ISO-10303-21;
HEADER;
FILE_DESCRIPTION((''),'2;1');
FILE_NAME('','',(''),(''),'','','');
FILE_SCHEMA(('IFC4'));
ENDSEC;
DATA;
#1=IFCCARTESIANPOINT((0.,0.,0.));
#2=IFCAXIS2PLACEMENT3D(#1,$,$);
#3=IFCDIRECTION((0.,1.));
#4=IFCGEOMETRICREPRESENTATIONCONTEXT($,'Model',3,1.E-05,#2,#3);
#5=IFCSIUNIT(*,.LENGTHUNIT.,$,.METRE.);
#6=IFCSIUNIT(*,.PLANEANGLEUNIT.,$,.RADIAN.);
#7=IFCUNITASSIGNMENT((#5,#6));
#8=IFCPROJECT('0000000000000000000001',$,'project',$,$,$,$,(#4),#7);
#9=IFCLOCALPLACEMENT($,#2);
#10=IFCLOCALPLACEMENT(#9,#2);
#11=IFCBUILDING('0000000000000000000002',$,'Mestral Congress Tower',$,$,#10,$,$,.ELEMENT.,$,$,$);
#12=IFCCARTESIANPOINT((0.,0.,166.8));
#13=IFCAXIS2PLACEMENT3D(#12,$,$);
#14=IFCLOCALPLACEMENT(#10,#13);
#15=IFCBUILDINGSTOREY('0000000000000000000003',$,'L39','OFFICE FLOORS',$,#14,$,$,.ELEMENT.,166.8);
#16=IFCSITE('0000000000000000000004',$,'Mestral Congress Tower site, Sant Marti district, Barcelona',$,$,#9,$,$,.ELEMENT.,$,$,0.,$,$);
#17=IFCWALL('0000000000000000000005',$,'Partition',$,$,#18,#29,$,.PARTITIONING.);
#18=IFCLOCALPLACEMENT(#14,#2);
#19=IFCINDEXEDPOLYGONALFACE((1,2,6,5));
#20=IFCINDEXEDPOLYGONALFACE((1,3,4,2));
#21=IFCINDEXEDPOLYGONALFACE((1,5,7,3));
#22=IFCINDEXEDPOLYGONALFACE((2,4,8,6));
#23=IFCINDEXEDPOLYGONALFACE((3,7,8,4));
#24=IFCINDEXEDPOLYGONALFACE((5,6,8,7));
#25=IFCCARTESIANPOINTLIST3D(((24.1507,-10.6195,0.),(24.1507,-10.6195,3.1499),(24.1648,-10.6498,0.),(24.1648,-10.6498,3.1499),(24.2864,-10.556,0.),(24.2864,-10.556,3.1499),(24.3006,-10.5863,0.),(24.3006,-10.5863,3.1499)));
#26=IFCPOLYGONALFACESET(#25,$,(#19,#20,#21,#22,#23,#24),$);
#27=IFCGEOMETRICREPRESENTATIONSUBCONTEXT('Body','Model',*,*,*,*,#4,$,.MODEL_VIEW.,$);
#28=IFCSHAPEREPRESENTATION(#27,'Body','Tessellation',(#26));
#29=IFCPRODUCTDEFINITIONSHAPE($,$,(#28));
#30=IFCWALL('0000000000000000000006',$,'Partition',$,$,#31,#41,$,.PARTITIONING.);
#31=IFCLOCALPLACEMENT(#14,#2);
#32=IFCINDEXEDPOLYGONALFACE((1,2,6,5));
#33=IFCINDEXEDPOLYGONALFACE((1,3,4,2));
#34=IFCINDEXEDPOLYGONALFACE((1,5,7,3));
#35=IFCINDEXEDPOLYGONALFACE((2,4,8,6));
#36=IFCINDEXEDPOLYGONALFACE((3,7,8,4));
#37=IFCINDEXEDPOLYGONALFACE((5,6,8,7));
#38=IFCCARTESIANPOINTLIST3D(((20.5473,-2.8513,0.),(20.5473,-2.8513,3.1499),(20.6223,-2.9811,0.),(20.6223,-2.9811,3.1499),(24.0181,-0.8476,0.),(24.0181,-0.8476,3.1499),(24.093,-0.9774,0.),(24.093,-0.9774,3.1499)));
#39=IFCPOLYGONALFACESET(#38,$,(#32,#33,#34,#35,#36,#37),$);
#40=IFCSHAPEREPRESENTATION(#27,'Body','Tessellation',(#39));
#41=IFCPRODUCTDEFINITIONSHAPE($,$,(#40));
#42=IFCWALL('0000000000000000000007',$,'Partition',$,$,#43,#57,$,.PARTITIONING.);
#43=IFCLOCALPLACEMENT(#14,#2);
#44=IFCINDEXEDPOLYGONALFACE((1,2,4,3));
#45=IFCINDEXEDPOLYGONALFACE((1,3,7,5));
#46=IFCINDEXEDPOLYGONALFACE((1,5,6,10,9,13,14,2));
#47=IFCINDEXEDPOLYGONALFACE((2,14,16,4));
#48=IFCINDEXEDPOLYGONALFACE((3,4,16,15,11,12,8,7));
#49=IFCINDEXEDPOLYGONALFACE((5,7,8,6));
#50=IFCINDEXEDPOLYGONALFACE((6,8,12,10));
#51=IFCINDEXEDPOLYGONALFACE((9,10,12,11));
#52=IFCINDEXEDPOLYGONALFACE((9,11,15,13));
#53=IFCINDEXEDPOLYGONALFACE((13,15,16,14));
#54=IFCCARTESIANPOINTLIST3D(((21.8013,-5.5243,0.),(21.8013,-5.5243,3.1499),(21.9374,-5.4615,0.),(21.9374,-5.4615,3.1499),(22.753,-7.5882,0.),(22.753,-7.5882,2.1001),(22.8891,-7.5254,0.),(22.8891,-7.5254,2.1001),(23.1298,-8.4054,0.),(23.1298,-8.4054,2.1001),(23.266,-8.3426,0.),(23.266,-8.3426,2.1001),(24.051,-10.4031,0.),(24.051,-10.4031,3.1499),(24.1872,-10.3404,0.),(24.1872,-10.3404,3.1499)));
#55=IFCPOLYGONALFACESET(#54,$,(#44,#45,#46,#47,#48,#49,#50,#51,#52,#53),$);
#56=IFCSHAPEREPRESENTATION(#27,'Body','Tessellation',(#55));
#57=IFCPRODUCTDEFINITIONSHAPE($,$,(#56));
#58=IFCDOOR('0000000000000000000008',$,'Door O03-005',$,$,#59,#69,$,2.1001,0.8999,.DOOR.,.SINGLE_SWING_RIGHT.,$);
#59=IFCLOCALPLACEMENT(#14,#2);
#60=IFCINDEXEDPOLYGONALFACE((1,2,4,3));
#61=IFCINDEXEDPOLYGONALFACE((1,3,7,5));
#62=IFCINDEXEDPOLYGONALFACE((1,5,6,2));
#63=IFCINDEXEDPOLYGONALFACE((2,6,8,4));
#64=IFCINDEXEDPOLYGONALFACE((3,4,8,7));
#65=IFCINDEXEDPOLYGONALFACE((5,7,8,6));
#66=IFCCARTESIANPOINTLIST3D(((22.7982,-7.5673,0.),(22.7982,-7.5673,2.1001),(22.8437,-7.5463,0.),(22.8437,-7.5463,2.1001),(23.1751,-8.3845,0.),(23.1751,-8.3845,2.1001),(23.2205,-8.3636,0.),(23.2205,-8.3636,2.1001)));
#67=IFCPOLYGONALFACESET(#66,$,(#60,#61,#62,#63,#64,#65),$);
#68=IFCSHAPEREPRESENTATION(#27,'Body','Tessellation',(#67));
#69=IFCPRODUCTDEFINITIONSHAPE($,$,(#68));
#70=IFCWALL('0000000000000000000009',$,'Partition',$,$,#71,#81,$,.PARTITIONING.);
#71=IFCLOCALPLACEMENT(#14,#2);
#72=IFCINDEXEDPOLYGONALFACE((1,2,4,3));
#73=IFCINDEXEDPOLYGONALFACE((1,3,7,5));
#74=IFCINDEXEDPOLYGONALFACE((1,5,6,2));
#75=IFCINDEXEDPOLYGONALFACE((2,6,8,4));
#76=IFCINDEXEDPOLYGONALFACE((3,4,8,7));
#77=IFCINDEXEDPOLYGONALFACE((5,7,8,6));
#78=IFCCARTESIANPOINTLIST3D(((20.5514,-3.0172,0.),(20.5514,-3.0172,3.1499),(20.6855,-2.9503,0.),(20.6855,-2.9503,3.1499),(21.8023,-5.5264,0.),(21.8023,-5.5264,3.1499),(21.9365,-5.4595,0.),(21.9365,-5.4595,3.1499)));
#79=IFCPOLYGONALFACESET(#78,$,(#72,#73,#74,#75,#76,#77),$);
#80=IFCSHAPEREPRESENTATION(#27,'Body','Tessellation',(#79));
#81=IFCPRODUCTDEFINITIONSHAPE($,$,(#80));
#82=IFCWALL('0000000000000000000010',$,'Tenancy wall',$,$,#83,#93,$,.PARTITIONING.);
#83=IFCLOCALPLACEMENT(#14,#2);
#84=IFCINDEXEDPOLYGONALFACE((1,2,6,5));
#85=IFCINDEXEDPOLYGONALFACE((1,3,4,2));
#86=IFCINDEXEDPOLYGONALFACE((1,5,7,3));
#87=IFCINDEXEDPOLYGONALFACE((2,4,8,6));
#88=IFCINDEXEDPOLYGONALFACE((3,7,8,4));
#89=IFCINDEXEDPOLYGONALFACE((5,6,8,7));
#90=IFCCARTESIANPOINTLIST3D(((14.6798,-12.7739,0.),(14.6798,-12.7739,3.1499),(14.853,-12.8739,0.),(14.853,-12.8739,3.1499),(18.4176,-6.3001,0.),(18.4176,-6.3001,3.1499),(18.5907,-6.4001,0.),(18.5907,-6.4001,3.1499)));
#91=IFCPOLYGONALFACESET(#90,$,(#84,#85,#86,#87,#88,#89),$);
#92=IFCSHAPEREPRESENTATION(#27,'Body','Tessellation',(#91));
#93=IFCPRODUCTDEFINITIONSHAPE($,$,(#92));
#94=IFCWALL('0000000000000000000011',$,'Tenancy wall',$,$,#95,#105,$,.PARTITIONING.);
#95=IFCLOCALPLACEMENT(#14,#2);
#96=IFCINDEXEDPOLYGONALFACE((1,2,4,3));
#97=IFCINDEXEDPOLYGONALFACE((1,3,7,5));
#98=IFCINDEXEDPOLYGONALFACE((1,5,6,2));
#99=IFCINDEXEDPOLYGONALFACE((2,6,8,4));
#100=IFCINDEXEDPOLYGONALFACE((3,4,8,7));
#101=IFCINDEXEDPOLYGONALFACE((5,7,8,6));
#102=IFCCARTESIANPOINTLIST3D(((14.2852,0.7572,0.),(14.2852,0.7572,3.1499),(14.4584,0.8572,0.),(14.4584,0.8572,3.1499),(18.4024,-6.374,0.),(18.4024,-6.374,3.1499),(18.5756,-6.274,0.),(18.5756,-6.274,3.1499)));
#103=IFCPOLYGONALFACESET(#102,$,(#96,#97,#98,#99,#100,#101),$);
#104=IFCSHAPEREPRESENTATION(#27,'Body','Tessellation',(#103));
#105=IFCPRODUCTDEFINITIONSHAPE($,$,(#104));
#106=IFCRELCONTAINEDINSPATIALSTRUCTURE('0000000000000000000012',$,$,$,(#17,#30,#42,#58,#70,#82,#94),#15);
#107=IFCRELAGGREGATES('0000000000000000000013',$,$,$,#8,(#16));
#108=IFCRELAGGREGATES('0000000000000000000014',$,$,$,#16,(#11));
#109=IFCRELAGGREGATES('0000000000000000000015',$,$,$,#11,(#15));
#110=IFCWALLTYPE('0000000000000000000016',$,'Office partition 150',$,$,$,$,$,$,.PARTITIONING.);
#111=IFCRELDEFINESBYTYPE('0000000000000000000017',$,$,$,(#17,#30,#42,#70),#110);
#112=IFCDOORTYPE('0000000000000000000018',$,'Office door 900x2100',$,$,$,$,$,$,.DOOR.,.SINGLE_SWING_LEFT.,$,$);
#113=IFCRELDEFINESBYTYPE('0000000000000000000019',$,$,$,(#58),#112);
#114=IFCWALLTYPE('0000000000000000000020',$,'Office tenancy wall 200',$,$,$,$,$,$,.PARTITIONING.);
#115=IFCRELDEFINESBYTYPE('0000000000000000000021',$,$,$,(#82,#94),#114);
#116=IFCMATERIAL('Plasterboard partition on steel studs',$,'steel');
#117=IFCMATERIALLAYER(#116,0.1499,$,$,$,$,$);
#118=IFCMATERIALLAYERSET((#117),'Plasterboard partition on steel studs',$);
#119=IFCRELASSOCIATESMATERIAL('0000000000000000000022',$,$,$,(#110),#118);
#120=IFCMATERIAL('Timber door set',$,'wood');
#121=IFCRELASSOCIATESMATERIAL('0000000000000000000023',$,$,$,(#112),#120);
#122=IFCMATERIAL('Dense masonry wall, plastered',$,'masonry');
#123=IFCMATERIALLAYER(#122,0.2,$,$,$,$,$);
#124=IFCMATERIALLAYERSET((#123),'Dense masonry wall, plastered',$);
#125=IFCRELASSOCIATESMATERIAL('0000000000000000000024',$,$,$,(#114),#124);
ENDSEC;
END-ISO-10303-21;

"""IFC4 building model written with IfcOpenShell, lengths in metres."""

from ifc_helpers import new_model, si_unit, direction, frame, frame_2d, origin, place, context, subcontext, project, spatial, rectangle, extrude, material, layer, layer_set, type_object, element, fill, save


model = new_model("IFC4")

# Units and contexts
model_context = context("Model", 3, precision=1e-05, world=origin(), true_north=direction((0.0, 1.0)))
body_context = subcontext(model_context, "Body", "Model", "MODEL_VIEW")
ifc_project = project(units=[si_unit("LENGTHUNIT", "METRE"), si_unit("PLANEANGLEUNIT", "RADIAN")], contexts=[model_context])

# Site, building, storey
site_placement = place(None, origin())
site = spatial("IfcSite", under=ifc_project, at=site_placement, Name="Mestral Congress Tower site, Sant Marti district, Barcelona", CompositionType="ELEMENT", RefElevation=0.0)
building_placement = place(site_placement, origin())
building = spatial("IfcBuilding", under=site, at=building_placement, Name="Mestral Congress Tower", CompositionType="ELEMENT")
storey_placement = place(building_placement, frame((0.0, 0.0, 166.8)))
storey = spatial("IfcBuildingStorey", under=building, at=storey_placement, Name="L39", Description="OFFICE FLOORS", CompositionType="ELEMENT", Elevation=166.8)

# Walls
ifc_material_1 = material(Name="Plasterboard partition on steel studs", Category="steel")
ifc_layer_1 = layer(ifc_material_1, 0.1499)
ifc_layer_set_1 = layer_set([ifc_layer_1], Name="Plasterboard partition on steel studs")
wall_type_1 = type_object("IfcWallType", Name="Office partition 150", PredefinedType="PARTITIONING", material=ifc_layer_set_1)
wall_1_placement = place(storey_placement, frame((24.2327, -10.6179, 0.0), z_axis=(0.0, 0.0, 1.0), x_axis=(-0.423685, 0.90581, 0.0)))
element("IfcWall", 1, at=wall_1_placement, inside=storey, type_object=wall_type_1, Name="Partition", PredefinedType="PARTITIONING", context=body_context, shape_type="SweptSolid", body=[
    extrude(rectangle(XDim=0.0334, YDim=0.1499, at=frame_2d((0.0166, 0.0))), origin(), (0.0, 0.0, 1.0), 3.1499),
])
wall_2_placement = place(storey_placement, frame((20.5847, -2.9163, 0.0), z_axis=(0.0, 0.0, 1.0), x_axis=(0.866042, 0.499972, 0.0)))
element("IfcWall", 2, at=wall_2_placement, inside=storey, type_object=wall_type_1, Name="Partition", PredefinedType="PARTITIONING", context=body_context, shape_type="SweptSolid", body=[
    extrude(rectangle(XDim=4.0076, YDim=0.1499, at=frame_2d((2.0039, 0.0))), origin(), (0.0, 0.0, 1.0), 3.1499),
])

# Wall, opening, door
wall_3_placement = place(storey_placement, frame((21.8694, -5.4929, 0.0), z_axis=(0.0, 0.0, 1.0), x_axis=(0.418744, -0.908104, 0.0)))
wall_3 = element("IfcWall", 3, at=wall_3_placement, inside=storey, type_object=wall_type_1, Name="Partition", PredefinedType="PARTITIONING", context=body_context, shape_type="SweptSolid", body=[
    extrude(rectangle(XDim=5.3726, YDim=0.1499, at=frame_2d((2.6863, 0.0))), origin(), (0.0, 0.0, 1.0), 3.1499),
])
opening_1_placement = place(wall_3_placement, frame((2.2727, 0.0, 0.0)))
opening_1 = element("IfcOpeningElement", 4, at=opening_1_placement, cuts=wall_3, PredefinedType="OPENING", context=body_context, shape_type="SweptSolid", body=[
    extrude(rectangle(XDim=0.8999, YDim=2.1001, at=frame_2d((0.45, 1.05))), frame((0.0, 0.085, 0.0), z_axis=(0.0, -1.0, 0.0), x_axis=(1.0, 0.0, 0.0)), (0.0, 0.0, 1.0), 0.1699),
])
ifc_material_2 = material(Name="Timber door set", Category="wood")
door_type = type_object("IfcDoorType", Name="Office door 900x2100", OperationType="SINGLE_SWING_LEFT", PredefinedType="DOOR", material=ifc_material_2)
door_placement = place(opening_1_placement, origin())
door = element("IfcDoor", 5, at=door_placement, inside=storey, type_object=door_type, Name="Door O03-005", OperationType="SINGLE_SWING_RIGHT", OverallHeight=2.1001, OverallWidth=0.8999, PredefinedType="DOOR", context=body_context, shape_type="SweptSolid", body=[
    extrude(rectangle(XDim=0.8999, YDim=2.1001, at=frame_2d((0.45, 1.05))), frame((0.0, 0.0249, 0.0), z_axis=(0.0, -1.0, 0.0), x_axis=(1.0, 0.0, 0.0)), (0.0, 0.0, 1.0), 0.05),
])
fill(opening_1, door)

# Walls
wall_4_placement = place(storey_placement, frame((21.8694, -5.4929, 0.0), z_axis=(0.0, 0.0, 1.0), x_axis=(-0.446168, 0.894949, 0.0)))
element("IfcWall", 6, at=wall_4_placement, inside=storey, type_object=wall_type_1, Name="Partition", PredefinedType="PARTITIONING", context=body_context, shape_type="SweptSolid", body=[
    extrude(rectangle(XDim=2.8037, YDim=0.1499, at=frame_2d((1.4019, 0.0))), origin(), (0.0, 0.0, 1.0), 3.1499),
])
ifc_material_3 = material(Name="Dense masonry wall, plastered", Category="masonry")
ifc_layer_2 = layer(ifc_material_3, 0.2)
ifc_layer_set_2 = layer_set([ifc_layer_2], Name="Dense masonry wall, plastered")
wall_type_2 = type_object("IfcWallType", Name="Office tenancy wall 200", PredefinedType="PARTITIONING", material=ifc_layer_set_2)
wall_5_placement = place(storey_placement, frame((14.7664, -12.824, 0.0), z_axis=(0.0, 0.0, 1.0), x_axis=(0.50001, 0.86602, 0.0)))
element("IfcWall", 7, at=wall_5_placement, inside=storey, type_object=wall_type_2, Name="Tenancy wall", PredefinedType="PARTITIONING", context=body_context, shape_type="SweptSolid", body=[
    extrude(rectangle(XDim=7.4753, YDim=0.2, at=frame_2d((3.7378, 0.0))), origin(), (0.0, 0.0, 1.0), 3.1499),
])
wall_6_placement = place(storey_placement, frame((18.489, -6.324, 0.0), z_axis=(0.0, 0.0, 1.0), x_axis=(-0.500004, 0.866023, 0.0)))
element("IfcWall", 8, at=wall_6_placement, inside=storey, type_object=wall_type_2, Name="Tenancy wall", PredefinedType="PARTITIONING", context=body_context, shape_type="SweptSolid", body=[
    extrude(rectangle(XDim=8.2344, YDim=0.2, at=frame_2d((4.1172, 0.0))), origin(), (0.0, 0.0, 1.0), 3.1499),
])

save(model, "model.ifc")
